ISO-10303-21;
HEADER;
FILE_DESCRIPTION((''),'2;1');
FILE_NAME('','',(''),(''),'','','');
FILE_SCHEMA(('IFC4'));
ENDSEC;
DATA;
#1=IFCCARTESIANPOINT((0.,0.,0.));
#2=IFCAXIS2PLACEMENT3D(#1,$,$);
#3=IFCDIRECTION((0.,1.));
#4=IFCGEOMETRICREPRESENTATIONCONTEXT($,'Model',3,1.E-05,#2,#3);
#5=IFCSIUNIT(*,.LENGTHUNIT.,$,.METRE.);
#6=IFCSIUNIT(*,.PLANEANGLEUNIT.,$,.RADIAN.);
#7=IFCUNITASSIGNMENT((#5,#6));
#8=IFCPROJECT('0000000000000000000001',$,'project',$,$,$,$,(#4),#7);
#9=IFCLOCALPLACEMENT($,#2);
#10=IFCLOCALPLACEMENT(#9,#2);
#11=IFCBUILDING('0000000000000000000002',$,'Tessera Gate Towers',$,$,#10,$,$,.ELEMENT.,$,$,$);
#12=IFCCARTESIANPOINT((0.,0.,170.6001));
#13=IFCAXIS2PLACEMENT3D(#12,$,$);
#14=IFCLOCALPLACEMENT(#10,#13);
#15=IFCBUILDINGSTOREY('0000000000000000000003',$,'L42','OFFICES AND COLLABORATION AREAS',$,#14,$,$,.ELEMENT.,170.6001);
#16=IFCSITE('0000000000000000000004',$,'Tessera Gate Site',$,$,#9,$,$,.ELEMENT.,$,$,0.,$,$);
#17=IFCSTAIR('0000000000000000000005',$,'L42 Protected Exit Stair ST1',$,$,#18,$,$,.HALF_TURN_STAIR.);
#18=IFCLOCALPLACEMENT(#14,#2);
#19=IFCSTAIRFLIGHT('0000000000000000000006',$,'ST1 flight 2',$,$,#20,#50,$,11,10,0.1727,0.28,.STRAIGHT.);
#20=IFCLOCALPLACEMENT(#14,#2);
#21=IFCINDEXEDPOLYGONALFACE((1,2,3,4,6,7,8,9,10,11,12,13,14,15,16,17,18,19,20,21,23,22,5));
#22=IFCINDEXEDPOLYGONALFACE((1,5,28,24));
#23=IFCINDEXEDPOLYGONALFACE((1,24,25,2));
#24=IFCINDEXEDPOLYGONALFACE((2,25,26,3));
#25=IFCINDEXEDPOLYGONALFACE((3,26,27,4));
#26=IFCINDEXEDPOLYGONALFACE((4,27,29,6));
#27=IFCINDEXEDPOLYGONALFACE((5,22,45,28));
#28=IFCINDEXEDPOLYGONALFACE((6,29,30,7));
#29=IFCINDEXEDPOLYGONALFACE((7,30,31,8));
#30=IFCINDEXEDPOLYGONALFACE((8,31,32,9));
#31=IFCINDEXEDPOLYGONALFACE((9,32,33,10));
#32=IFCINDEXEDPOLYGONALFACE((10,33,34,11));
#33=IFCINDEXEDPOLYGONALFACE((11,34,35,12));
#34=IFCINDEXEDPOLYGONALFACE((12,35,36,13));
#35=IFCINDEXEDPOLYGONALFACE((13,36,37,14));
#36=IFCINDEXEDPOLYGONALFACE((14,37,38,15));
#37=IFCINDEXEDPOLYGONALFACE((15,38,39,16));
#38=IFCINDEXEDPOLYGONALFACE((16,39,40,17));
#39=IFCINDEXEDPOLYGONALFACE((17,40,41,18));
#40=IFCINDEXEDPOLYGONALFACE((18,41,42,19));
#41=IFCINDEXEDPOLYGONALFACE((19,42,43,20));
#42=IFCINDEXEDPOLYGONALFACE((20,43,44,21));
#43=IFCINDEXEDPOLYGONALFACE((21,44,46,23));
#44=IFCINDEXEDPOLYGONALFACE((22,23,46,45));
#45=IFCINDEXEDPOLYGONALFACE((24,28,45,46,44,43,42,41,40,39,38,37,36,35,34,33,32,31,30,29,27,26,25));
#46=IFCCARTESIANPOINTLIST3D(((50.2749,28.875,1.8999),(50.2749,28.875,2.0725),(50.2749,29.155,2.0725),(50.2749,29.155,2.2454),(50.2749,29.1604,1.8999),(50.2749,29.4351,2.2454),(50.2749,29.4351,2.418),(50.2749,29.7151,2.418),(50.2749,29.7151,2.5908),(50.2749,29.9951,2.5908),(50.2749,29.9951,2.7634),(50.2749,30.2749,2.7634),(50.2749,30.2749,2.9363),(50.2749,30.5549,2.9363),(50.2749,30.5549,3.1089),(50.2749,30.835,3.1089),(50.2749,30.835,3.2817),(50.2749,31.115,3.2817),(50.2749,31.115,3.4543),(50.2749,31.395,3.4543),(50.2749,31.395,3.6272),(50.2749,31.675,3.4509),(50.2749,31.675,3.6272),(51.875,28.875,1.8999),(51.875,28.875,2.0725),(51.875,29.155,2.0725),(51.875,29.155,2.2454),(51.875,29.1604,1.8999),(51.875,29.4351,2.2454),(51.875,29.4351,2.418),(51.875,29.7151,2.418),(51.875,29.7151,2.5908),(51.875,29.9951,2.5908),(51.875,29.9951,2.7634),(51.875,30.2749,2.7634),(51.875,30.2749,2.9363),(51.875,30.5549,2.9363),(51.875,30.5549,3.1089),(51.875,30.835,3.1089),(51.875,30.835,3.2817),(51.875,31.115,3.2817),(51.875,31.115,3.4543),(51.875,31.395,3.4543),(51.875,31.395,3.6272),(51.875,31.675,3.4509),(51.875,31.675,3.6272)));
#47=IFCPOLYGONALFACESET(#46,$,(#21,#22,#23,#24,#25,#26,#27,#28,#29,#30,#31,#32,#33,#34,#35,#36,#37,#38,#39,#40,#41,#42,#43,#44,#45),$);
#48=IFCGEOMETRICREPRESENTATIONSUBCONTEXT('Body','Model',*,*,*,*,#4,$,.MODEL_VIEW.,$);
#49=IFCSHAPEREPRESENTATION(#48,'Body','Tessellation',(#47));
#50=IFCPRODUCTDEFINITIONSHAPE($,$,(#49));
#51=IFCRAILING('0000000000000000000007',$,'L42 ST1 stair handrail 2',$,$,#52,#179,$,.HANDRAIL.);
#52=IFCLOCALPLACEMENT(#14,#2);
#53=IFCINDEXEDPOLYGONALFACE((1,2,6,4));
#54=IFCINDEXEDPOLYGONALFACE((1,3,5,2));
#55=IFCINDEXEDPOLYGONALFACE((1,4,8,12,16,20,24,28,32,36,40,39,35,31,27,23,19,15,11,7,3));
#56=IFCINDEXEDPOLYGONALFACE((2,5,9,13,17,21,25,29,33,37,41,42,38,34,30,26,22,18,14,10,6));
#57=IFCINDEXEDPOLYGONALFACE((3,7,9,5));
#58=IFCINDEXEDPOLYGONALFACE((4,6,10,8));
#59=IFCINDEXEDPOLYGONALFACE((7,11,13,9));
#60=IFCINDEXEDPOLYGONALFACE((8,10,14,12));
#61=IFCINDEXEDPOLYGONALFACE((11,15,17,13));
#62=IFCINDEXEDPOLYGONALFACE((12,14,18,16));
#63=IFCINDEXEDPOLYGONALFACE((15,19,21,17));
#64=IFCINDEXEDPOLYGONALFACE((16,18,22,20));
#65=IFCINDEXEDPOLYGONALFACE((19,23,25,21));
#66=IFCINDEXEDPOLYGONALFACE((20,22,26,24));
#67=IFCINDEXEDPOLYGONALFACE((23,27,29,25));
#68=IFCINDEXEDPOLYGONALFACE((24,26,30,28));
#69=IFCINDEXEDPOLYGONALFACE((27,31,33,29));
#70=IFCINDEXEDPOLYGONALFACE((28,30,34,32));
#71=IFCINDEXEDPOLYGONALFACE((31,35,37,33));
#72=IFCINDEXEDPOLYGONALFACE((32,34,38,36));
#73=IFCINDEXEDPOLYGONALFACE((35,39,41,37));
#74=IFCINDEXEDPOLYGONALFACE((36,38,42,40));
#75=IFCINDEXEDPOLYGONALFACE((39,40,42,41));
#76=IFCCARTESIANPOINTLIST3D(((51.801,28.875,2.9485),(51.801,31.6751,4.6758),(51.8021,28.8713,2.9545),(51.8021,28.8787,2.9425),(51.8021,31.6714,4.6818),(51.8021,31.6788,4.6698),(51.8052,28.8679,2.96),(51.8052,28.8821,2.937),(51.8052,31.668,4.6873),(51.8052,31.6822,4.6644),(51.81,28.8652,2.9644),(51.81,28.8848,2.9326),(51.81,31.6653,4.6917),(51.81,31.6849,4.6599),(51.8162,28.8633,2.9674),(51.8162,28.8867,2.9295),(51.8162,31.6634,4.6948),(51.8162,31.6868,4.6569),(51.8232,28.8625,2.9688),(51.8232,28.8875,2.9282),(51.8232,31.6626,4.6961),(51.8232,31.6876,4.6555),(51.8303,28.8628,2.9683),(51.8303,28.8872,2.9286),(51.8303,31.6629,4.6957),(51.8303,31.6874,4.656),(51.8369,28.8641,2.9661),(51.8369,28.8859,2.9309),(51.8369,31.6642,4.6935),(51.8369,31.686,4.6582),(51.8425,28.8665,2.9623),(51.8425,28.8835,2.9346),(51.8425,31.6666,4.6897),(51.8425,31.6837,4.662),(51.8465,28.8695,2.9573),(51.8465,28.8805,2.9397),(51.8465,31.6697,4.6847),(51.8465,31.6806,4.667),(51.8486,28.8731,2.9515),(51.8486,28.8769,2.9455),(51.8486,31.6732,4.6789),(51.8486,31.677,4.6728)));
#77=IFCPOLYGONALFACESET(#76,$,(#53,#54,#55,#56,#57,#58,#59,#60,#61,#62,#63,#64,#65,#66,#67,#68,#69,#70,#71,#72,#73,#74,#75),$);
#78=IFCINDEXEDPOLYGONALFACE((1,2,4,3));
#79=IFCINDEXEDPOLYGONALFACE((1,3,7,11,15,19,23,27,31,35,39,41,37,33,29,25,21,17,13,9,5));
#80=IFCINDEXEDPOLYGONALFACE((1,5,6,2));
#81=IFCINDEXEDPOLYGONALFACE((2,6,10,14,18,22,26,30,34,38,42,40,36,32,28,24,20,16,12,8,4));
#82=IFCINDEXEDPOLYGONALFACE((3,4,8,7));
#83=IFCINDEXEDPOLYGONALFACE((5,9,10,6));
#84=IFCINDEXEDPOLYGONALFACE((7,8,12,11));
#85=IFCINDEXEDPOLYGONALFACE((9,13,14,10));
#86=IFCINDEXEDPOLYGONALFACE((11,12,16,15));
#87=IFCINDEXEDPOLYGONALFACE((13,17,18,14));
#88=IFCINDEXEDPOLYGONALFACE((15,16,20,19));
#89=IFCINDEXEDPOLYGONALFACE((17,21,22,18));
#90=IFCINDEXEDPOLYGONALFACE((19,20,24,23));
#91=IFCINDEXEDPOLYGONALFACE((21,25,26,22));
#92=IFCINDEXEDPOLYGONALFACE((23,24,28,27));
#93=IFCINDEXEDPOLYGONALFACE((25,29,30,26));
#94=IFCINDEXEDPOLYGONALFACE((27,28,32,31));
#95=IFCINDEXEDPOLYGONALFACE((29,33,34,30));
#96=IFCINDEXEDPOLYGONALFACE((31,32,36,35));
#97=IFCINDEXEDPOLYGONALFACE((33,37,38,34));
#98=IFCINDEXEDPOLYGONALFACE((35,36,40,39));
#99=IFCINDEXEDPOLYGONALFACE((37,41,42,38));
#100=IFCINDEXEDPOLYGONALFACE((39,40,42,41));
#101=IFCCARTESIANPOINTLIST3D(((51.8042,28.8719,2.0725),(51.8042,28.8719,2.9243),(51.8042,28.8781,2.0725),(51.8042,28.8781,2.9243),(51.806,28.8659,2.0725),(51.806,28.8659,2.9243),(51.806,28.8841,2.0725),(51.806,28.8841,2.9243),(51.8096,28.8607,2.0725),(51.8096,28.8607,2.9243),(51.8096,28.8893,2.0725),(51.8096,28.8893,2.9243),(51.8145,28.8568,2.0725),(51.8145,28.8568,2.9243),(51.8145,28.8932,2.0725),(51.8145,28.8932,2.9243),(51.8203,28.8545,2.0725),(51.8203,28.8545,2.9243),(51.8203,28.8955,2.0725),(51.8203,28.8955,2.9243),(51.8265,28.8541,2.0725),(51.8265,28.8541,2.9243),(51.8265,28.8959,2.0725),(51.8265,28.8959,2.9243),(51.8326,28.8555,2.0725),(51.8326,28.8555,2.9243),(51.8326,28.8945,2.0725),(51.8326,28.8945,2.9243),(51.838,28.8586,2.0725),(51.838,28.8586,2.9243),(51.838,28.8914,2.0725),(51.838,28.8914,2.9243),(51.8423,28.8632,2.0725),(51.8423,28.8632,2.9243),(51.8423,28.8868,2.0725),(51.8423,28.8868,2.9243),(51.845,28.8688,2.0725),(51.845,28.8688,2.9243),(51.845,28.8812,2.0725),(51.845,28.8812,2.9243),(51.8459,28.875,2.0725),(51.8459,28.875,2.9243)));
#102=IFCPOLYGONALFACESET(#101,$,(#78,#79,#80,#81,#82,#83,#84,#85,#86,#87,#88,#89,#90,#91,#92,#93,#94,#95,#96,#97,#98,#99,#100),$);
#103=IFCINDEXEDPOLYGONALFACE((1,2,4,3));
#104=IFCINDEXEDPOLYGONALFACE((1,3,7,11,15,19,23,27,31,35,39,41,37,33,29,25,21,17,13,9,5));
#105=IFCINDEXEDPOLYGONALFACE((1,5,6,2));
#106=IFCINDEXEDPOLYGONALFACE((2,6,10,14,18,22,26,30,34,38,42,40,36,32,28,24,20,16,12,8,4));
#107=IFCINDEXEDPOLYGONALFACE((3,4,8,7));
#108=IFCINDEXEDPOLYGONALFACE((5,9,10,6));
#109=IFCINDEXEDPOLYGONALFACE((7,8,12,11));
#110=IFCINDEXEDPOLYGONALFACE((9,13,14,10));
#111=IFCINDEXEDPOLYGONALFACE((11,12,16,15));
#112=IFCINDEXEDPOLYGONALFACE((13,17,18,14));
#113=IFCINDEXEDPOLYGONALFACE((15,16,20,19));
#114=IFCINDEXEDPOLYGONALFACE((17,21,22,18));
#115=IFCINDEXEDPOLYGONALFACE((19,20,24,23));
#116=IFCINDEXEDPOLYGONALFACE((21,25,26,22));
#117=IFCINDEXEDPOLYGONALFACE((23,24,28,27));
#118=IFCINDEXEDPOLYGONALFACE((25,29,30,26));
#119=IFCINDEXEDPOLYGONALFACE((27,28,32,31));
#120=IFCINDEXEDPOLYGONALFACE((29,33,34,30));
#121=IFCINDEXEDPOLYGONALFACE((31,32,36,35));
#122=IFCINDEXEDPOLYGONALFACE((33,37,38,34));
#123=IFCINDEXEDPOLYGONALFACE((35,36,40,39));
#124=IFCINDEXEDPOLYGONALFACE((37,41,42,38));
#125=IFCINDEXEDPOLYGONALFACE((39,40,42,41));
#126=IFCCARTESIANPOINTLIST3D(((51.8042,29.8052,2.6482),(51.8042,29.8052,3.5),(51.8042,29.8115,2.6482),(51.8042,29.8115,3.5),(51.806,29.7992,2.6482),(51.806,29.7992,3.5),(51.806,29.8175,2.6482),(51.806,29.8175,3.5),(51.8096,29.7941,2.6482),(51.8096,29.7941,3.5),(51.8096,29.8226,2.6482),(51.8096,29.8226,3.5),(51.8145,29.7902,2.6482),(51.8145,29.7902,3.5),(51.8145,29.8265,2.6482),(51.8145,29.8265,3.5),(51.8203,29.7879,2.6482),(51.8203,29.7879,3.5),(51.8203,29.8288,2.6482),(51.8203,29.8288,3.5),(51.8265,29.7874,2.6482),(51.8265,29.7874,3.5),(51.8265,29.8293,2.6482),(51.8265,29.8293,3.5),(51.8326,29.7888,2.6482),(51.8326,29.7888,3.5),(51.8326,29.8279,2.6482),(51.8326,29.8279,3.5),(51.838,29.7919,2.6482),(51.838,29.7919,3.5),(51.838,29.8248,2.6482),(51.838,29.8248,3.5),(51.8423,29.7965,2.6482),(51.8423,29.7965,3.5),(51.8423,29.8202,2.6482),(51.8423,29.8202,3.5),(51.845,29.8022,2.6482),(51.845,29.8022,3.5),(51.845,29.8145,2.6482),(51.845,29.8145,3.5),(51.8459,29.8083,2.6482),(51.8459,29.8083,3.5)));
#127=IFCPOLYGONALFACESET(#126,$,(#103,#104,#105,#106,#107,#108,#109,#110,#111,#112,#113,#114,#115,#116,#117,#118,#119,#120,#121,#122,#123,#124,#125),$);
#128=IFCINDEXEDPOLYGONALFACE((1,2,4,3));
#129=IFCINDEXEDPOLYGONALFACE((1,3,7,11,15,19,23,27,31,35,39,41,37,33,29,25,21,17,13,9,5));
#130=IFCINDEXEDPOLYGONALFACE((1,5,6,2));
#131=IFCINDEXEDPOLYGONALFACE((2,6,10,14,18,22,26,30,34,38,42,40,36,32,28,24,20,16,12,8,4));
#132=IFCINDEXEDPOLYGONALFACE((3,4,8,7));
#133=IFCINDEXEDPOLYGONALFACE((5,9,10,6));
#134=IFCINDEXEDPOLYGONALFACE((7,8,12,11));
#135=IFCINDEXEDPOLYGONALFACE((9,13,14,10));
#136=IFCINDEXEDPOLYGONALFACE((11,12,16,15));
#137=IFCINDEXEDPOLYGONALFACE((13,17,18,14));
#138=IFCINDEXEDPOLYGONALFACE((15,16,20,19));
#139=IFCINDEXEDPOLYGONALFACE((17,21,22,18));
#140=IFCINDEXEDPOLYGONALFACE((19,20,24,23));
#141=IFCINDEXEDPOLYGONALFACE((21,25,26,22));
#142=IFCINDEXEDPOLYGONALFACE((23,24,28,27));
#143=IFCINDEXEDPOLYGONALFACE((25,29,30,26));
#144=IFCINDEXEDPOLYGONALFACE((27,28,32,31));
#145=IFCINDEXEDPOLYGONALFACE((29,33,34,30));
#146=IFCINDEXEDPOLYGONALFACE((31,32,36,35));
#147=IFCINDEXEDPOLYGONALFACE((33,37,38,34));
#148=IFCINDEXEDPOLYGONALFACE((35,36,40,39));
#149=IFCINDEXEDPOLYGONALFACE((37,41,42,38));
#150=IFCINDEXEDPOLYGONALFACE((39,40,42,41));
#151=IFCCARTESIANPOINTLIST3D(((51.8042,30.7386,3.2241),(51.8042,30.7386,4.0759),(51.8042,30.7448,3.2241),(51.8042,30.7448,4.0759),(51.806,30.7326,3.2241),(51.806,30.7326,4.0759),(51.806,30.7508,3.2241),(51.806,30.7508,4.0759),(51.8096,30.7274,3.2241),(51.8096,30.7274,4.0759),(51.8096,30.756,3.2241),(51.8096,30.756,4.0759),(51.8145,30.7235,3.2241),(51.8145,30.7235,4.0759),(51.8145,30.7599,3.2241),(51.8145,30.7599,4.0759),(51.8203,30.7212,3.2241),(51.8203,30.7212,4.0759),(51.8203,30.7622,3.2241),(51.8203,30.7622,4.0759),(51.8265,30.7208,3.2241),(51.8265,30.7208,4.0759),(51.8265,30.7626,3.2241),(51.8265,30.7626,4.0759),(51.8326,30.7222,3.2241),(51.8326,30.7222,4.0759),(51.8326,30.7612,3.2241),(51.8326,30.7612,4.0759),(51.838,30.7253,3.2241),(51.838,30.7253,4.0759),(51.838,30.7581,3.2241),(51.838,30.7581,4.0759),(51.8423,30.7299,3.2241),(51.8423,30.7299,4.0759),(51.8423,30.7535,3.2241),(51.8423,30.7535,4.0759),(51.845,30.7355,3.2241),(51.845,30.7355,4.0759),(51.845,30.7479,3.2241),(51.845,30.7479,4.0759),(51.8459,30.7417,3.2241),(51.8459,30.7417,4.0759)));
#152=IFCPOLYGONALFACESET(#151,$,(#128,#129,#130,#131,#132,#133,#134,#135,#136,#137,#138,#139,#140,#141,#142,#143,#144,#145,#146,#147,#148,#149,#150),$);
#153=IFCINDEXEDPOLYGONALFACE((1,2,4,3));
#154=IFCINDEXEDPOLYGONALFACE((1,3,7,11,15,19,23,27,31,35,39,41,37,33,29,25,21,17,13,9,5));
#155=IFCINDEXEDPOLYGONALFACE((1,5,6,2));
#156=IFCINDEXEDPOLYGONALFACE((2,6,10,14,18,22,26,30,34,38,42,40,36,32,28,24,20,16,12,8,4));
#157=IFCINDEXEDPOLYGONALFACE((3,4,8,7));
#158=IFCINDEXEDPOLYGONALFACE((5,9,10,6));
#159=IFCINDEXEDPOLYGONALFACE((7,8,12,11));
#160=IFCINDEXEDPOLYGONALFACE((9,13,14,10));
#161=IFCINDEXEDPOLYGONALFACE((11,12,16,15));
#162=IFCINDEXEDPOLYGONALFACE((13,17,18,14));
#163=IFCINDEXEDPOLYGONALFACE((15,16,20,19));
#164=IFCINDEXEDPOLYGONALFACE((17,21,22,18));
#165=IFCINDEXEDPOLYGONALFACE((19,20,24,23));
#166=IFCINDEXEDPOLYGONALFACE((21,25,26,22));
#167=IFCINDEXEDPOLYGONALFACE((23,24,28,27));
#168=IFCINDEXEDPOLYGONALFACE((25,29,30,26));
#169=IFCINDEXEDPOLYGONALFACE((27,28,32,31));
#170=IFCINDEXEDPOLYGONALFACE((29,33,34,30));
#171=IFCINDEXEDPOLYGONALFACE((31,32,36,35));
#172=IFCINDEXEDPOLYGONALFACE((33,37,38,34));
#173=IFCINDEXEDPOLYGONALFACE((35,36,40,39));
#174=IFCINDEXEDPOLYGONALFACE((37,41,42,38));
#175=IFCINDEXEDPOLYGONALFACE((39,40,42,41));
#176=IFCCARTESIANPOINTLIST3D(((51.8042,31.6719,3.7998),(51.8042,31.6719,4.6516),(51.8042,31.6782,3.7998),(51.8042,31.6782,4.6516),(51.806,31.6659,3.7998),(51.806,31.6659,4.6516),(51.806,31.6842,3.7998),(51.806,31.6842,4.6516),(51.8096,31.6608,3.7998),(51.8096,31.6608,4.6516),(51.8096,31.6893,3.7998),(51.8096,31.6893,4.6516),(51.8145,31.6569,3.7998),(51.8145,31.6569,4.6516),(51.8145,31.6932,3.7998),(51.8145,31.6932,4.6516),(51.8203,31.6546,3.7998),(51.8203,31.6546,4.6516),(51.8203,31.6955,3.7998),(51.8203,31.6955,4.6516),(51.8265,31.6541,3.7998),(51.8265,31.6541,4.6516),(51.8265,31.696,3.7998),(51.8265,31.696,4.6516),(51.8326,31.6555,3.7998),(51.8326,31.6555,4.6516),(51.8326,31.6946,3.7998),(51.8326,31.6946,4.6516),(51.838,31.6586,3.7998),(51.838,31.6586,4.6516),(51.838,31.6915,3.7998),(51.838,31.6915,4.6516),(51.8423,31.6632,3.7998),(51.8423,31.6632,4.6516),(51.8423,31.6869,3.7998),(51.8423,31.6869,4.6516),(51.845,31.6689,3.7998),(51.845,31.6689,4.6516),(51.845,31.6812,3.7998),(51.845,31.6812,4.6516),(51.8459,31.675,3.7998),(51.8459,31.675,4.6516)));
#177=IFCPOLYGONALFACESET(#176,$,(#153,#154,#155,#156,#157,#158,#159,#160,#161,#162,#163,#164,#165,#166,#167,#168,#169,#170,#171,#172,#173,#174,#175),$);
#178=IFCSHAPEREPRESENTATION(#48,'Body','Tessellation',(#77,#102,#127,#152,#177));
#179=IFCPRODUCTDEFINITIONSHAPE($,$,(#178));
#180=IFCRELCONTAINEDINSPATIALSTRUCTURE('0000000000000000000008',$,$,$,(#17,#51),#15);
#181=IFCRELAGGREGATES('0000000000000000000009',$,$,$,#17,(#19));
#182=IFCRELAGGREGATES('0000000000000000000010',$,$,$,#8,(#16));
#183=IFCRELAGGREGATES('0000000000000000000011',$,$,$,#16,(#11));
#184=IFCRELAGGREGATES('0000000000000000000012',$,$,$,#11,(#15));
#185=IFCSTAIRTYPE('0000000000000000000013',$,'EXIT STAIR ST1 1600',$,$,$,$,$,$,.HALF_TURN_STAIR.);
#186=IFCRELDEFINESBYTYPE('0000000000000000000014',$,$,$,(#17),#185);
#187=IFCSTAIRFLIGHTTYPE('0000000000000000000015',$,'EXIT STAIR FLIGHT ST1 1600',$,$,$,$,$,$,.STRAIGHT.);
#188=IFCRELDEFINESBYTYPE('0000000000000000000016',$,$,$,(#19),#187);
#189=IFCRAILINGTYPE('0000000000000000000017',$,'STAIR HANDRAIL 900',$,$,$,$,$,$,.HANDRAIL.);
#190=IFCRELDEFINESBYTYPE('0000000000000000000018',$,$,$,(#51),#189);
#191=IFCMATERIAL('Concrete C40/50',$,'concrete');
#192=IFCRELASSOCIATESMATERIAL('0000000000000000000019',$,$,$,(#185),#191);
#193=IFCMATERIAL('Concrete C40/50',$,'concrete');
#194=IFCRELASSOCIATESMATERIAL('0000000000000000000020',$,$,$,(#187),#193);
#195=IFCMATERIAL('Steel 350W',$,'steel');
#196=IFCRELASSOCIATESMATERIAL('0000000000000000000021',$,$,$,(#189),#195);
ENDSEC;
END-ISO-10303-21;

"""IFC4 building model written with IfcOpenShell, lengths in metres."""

from ifc_helpers import new_model, si_unit, direction, frame, origin, origin_2d, place, context, subcontext, project, spatial, polyline, circle, outline, extrude, material, type_object, element, aggregate, save


model = new_model("IFC4")

# Units and contexts
model_context = context("Model", 3, precision=1e-05, world=origin(), true_north=direction((0.0, 1.0)))
body_context = subcontext(model_context, "Body", "Model", "MODEL_VIEW")
ifc_project = project(units=[si_unit("LENGTHUNIT", "METRE"), si_unit("PLANEANGLEUNIT", "RADIAN")], contexts=[model_context])

# Site, building, storey
site_placement = place(None, origin())
site = spatial("IfcSite", under=ifc_project, at=site_placement, Name="Tessera Gate Site", CompositionType="ELEMENT", RefElevation=0.0)
building_placement = place(site_placement, origin())
building = spatial("IfcBuilding", under=site, at=building_placement, Name="Tessera Gate Towers", CompositionType="ELEMENT")
storey_placement = place(building_placement, frame((0.0, 0.0, 170.6001)))
storey = spatial("IfcBuildingStorey", under=building, at=storey_placement, Name="L42", Description="OFFICES AND COLLABORATION AREAS", CompositionType="ELEMENT", Elevation=170.6001)

# Stair, stair flight
ifc_material_1 = material(Name="Concrete C40/50", Category="concrete")
stair_type = type_object("IfcStairType", Name="EXIT STAIR ST1 1600", PredefinedType="HALF_TURN_STAIR", material=ifc_material_1)
stair_placement = place(storey_placement, origin())
stair = element("IfcStair", 1, at=stair_placement, inside=storey, type_object=stair_type, Name="L42 Protected Exit Stair ST1", PredefinedType="HALF_TURN_STAIR")
ifc_material_2 = material(Name="Concrete C40/50", Category="concrete")
stair_flight_type = type_object("IfcStairFlightType", Name="EXIT STAIR FLIGHT ST1 1600", PredefinedType="STRAIGHT", material=ifc_material_2)
stair_flight_placement = place(storey_placement, frame((51.075, 28.875, 1.8999), z_axis=(0.0, 0.0, 1.0), x_axis=(0.0, 1.0, 0.0)))
stair_flight = element("IfcStairFlight", 2, at=stair_flight_placement, type_object=stair_flight_type, Name="ST1 flight 2", NumberOfRisers=11, NumberOfTreads=10, PredefinedType="STRAIGHT", RiserHeight=0.1727, TreadLength=0.28, context=body_context, shape_type="SweptSolid", body=[
    extrude(outline(polyline([(0.0, 0.0), (0.0, 0.1726), (0.28, 0.1726), (0.28, 0.3455), (0.5601, 0.3455), (0.5601, 0.5181), (0.8401, 0.5181), (0.8401, 0.6909), (1.1201, 0.6909), (1.1201, 0.8635), (1.3999, 0.8635), (1.3999, 1.0364), (1.6799, 1.0364), (1.6799, 1.209), (1.96, 1.209), (1.96, 1.3818), (2.24, 1.3818), (2.24, 1.5544), (2.52, 1.5544), (2.52, 1.7273), (2.8, 1.7273), (2.8, 1.8999), (2.8, 1.551), (0.2854, 0.0), (0.0, 0.0)])), frame((0.0, 0.8, 0.0), z_axis=(0.0, -1.0, 0.0), x_axis=(1.0, 0.0, 0.0)), (0.0, 0.0, 1.0), 1.6001),
])
aggregate(stair, [stair_flight])

# Railing
ifc_material_3 = material(Name="Steel 350W", Category="steel")
railing_type = type_object("IfcRailingType", Name="STAIR HANDRAIL 900", PredefinedType="HANDRAIL", material=ifc_material_3)
railing_placement = place(storey_placement, frame((51.825, 28.875, 2.0725)))
element("IfcRailing", 3, at=railing_placement, inside=storey, type_object=railing_type, Name="L42 ST1 stair handrail 2", PredefinedType="HANDRAIL", context=body_context, shape_type="SweptSolid", body=[
    extrude(circle(Radius=0.0239, at=origin_2d()), frame((0.0, 0.0, 0.876), z_axis=(0.0, 0.85109, 0.52502), x_axis=(-1.0, 0.0, 0.0)), (0.0, 0.0, 1.0), 3.29),
    extrude(circle(Radius=0.021, at=origin_2d()), origin(), (0.0, 0.0, 1.0), 0.8518),
    extrude(circle(Radius=0.021, at=origin_2d()), frame((0.0, 0.9333, 0.5757)), (0.0, 0.0, 1.0), 0.8518),
    extrude(circle(Radius=0.021, at=origin_2d()), frame((0.0, 1.8667, 1.1516)), (0.0, 0.0, 1.0), 0.8518),
    extrude(circle(Radius=0.021, at=origin_2d()), frame((0.0, 2.8, 1.7273)), (0.0, 0.0, 1.0), 0.8518),
])

save(model, "model.ifc")
